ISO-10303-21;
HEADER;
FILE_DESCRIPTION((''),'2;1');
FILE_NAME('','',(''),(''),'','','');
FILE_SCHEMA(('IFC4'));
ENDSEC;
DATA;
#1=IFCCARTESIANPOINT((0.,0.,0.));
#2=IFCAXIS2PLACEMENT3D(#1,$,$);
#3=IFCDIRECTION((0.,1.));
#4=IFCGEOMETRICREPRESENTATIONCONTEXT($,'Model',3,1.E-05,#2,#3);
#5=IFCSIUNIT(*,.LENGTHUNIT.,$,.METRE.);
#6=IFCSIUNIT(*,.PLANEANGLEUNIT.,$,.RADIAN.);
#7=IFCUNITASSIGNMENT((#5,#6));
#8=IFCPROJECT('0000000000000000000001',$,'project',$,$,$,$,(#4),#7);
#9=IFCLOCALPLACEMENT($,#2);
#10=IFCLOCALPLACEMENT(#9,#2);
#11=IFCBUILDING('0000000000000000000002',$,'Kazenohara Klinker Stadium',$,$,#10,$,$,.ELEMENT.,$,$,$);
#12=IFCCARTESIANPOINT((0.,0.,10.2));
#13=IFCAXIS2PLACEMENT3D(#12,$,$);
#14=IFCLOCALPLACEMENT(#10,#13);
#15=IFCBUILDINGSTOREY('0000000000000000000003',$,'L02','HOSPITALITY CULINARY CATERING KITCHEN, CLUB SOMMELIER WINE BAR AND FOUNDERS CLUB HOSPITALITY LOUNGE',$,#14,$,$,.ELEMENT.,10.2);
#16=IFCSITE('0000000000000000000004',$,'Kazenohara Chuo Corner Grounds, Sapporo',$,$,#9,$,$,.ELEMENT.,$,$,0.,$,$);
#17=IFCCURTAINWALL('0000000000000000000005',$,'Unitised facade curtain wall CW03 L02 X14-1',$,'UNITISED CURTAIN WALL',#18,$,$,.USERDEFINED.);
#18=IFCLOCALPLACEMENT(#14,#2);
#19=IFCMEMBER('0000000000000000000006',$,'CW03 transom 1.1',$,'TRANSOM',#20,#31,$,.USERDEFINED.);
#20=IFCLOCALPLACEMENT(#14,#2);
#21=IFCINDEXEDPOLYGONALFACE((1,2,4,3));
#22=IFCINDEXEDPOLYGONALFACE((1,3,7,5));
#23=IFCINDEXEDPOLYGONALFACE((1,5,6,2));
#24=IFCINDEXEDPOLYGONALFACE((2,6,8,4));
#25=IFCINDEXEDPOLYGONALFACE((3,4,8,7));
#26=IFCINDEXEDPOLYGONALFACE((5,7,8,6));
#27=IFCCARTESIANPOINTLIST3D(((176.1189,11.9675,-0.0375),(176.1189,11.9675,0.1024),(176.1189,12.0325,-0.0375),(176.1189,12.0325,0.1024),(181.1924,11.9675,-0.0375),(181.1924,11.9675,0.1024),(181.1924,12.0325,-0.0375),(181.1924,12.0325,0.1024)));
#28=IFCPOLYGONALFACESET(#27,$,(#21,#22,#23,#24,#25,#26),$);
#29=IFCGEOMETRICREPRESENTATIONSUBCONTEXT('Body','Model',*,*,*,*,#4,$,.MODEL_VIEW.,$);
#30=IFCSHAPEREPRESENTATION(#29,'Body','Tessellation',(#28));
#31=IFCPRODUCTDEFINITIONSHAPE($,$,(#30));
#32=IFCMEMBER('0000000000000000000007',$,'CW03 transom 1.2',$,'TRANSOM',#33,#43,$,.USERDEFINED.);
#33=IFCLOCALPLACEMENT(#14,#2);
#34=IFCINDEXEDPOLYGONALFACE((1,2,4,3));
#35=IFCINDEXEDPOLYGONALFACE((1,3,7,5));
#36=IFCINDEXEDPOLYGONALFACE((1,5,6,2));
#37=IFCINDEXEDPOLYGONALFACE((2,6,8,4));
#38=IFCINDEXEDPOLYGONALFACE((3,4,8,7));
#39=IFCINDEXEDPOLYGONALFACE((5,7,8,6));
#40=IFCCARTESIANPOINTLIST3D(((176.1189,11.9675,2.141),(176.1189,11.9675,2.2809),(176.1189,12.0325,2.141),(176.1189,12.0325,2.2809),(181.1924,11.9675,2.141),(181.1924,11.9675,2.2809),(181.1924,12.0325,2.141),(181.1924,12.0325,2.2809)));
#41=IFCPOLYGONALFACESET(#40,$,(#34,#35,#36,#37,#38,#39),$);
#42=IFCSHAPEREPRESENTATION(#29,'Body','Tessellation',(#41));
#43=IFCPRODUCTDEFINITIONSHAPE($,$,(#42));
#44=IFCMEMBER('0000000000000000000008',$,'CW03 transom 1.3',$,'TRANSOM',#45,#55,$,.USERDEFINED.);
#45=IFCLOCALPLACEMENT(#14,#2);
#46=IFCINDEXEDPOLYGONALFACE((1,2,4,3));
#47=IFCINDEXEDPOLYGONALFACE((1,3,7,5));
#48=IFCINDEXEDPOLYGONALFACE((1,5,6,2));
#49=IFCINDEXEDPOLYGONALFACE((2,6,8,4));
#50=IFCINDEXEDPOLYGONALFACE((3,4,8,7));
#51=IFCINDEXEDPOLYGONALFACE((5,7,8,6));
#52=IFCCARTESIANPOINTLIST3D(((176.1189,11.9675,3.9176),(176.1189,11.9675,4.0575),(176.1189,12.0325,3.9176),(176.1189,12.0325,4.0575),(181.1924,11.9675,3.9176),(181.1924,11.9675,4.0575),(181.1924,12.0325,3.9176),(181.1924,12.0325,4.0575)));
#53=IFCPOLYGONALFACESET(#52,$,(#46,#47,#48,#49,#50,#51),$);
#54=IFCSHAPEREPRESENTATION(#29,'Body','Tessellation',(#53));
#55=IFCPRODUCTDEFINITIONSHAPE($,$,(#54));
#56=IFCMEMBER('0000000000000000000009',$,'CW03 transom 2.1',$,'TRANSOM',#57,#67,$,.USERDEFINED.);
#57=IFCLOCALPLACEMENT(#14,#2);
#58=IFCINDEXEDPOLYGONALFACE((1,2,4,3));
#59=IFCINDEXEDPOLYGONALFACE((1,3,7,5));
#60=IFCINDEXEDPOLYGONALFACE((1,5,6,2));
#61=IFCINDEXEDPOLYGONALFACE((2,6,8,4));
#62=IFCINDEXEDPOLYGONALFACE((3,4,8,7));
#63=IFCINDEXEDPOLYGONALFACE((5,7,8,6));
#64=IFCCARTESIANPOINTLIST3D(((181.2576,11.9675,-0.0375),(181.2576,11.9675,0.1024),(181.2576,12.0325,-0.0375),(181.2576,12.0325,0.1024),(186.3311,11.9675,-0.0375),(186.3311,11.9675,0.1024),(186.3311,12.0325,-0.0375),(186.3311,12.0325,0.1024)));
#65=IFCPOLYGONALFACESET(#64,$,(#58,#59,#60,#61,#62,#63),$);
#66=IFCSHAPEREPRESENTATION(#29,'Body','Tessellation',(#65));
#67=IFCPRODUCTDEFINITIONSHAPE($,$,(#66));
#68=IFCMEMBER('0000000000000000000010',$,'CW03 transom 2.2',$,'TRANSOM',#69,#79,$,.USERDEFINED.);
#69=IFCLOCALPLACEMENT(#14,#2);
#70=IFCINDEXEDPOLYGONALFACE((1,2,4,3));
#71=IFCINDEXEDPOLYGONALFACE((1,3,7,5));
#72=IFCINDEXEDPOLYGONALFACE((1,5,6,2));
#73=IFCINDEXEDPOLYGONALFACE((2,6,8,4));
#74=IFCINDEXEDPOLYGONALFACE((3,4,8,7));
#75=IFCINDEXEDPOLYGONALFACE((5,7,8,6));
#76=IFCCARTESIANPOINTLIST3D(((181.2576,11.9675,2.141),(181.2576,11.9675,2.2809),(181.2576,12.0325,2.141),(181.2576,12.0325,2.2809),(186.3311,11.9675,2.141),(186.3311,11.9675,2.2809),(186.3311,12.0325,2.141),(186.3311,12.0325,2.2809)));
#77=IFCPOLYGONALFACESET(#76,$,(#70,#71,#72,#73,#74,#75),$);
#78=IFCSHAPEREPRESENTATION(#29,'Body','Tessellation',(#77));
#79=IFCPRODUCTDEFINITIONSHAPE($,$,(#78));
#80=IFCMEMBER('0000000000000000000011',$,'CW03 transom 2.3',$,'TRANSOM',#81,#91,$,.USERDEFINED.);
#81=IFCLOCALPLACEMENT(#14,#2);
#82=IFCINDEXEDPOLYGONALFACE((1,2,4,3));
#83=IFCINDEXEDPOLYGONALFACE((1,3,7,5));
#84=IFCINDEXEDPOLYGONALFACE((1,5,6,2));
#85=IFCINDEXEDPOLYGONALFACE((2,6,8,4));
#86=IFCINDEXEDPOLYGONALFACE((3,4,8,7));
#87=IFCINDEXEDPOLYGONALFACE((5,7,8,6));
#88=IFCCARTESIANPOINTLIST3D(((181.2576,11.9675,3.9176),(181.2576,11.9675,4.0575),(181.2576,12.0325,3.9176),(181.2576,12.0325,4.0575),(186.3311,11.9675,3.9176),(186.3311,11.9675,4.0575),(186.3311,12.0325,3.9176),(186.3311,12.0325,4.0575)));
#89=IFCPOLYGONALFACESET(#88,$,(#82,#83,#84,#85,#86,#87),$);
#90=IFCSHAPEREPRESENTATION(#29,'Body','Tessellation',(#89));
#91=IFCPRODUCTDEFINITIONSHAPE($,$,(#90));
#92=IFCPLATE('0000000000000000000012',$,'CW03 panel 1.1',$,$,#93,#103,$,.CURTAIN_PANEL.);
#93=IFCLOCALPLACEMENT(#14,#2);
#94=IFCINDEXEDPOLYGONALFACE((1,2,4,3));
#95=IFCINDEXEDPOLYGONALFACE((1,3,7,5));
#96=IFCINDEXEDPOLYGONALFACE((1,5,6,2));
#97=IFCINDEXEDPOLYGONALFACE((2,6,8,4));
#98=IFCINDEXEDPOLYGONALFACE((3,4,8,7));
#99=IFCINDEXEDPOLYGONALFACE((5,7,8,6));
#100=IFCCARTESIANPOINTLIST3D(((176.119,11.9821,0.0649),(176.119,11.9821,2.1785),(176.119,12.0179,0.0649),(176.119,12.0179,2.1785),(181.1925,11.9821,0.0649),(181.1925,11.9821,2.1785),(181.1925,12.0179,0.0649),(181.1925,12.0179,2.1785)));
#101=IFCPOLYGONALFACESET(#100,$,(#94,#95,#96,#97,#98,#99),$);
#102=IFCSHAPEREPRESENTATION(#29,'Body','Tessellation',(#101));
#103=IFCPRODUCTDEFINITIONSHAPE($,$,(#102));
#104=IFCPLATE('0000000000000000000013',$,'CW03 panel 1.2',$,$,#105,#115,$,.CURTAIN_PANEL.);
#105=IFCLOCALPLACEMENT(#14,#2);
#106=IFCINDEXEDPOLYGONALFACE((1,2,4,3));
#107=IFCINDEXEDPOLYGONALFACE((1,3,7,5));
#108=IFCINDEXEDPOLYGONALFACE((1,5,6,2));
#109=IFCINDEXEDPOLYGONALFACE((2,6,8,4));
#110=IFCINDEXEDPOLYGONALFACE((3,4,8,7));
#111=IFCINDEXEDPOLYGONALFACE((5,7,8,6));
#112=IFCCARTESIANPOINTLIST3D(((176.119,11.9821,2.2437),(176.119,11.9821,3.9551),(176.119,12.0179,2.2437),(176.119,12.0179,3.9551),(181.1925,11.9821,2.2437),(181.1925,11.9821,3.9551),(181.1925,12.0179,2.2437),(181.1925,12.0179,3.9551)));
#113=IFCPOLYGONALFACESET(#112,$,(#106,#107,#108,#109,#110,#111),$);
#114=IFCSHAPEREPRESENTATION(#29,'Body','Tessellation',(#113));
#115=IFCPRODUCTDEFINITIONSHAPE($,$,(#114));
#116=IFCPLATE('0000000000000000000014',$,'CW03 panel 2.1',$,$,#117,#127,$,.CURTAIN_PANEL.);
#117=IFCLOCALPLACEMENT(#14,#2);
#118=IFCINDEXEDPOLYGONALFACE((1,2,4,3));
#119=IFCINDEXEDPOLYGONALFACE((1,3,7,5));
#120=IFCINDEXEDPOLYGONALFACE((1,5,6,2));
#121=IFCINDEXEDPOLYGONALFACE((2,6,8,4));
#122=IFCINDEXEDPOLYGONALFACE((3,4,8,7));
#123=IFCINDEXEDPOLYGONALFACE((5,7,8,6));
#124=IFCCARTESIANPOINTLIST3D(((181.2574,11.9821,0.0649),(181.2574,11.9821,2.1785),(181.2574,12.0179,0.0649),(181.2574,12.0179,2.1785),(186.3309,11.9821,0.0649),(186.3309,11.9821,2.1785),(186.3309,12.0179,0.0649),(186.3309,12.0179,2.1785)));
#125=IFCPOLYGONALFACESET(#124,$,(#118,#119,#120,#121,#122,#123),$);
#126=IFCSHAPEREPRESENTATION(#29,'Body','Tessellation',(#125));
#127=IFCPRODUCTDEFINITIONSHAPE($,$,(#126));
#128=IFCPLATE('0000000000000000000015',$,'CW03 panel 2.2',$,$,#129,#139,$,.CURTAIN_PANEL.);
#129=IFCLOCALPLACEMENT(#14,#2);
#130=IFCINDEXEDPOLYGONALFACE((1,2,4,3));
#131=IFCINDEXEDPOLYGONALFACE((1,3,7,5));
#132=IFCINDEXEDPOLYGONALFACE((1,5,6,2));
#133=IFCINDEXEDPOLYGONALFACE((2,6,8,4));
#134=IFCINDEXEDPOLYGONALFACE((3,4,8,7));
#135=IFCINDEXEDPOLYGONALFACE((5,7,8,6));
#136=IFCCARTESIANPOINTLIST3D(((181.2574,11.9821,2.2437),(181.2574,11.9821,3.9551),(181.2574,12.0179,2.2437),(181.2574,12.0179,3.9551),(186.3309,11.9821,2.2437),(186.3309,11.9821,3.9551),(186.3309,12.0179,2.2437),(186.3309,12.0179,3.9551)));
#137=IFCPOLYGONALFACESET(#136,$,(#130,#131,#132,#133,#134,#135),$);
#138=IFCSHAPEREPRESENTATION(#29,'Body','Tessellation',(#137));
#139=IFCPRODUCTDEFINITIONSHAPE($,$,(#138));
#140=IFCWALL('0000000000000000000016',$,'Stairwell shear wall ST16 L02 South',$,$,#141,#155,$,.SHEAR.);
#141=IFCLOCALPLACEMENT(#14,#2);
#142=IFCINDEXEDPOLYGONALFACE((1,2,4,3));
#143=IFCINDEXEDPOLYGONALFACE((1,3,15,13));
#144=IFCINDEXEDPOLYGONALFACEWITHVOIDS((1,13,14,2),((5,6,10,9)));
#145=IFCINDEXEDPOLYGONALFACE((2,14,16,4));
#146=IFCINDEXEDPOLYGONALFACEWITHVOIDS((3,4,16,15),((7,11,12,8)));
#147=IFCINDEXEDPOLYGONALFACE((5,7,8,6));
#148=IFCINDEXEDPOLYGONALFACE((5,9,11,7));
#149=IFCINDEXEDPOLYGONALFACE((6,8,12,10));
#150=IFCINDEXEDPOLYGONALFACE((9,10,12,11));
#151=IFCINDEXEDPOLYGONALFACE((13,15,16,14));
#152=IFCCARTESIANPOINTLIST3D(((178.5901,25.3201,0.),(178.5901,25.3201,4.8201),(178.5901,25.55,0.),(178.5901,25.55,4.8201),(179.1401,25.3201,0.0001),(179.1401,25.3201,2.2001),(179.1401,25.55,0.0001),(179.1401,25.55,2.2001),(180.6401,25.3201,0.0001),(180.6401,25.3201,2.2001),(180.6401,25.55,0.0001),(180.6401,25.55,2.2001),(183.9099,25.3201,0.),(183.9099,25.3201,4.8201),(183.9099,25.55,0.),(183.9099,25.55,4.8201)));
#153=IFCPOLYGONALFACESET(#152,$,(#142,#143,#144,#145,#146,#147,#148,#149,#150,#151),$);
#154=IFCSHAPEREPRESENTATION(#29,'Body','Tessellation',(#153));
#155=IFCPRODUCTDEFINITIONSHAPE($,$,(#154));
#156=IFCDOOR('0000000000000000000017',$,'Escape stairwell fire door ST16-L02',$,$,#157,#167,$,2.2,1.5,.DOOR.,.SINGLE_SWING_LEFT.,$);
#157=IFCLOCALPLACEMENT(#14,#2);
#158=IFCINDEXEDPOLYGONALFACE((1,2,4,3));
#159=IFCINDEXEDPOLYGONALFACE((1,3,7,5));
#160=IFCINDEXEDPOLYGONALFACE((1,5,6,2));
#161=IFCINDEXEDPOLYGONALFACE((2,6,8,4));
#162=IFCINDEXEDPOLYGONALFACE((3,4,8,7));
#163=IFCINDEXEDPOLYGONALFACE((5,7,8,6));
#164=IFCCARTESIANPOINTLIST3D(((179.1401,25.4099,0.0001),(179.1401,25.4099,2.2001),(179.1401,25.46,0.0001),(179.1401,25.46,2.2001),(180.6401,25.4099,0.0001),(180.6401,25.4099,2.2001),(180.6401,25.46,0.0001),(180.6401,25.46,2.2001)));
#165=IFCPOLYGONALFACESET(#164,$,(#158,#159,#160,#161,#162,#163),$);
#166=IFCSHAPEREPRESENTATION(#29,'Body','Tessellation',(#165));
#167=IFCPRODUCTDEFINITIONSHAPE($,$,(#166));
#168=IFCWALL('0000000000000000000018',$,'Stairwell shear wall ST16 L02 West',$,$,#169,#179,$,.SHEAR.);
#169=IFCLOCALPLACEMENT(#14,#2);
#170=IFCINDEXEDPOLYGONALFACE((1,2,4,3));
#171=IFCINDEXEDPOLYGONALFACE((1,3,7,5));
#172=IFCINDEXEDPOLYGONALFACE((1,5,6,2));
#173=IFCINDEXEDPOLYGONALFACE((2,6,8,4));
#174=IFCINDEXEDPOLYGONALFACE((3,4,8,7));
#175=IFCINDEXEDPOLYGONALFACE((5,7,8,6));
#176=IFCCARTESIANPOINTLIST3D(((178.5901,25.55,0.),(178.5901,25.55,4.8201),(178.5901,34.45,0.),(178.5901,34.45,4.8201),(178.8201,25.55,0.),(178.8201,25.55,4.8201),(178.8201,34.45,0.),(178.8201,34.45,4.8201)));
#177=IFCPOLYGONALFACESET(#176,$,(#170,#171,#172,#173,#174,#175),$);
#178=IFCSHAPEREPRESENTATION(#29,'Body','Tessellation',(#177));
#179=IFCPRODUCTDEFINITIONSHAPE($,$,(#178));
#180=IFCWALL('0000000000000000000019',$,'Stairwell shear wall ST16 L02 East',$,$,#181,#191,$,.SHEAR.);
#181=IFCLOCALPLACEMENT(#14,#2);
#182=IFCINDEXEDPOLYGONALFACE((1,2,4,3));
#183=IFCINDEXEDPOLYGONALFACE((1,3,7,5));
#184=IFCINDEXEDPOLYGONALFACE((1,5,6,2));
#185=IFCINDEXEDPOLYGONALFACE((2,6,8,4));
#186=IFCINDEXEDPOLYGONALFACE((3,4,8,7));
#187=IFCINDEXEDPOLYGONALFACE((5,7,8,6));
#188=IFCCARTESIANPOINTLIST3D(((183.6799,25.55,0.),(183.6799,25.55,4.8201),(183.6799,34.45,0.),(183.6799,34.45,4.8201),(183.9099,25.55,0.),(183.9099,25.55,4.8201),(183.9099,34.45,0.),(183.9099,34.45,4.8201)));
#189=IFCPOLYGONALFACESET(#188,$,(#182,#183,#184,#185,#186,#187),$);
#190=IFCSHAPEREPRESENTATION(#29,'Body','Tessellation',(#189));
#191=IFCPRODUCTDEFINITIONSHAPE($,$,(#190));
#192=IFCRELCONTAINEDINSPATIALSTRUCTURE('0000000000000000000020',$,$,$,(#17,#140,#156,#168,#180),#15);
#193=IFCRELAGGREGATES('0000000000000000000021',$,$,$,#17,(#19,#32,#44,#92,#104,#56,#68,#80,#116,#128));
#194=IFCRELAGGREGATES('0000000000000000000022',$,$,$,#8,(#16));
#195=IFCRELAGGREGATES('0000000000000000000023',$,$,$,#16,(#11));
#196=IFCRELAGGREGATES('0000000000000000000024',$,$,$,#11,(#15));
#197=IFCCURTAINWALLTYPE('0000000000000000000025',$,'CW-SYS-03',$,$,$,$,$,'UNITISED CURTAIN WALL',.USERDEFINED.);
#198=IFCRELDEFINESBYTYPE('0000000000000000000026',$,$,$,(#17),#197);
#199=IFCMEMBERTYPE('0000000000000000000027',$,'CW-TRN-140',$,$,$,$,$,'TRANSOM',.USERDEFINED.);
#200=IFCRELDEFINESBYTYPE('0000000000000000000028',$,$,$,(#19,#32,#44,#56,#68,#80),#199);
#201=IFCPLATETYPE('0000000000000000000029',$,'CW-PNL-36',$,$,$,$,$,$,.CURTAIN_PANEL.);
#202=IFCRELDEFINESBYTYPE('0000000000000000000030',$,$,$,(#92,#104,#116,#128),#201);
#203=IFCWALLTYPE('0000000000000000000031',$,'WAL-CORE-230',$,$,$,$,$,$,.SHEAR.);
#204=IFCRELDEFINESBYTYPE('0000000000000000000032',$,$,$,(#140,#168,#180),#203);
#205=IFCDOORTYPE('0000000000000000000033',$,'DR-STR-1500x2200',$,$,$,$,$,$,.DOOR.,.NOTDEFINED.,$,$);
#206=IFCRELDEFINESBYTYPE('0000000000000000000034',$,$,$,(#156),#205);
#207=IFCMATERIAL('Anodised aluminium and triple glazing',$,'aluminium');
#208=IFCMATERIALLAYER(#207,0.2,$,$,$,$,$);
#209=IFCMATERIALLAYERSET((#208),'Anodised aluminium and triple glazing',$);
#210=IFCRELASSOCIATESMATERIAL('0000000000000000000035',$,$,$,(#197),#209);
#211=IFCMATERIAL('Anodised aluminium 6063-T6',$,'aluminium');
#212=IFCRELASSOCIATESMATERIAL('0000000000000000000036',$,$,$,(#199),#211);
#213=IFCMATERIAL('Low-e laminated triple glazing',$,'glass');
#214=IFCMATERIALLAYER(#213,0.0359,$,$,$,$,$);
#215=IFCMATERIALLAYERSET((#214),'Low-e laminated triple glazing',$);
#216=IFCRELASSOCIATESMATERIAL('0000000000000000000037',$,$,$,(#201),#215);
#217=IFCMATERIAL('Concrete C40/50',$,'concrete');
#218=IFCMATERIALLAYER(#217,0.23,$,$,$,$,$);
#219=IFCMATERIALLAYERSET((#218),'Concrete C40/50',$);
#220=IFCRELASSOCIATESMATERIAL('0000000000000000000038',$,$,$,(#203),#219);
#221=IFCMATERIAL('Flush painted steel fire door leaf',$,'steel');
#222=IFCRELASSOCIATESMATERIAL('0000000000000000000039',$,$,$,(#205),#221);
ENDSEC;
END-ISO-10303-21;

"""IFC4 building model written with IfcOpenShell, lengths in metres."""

from ifc_helpers import new_model, si_unit, direction, frame, frame_2d, origin, origin_2d, place, context, subcontext, project, spatial, rectangle, extrude, material, layer, layer_set, material_profile, profile_set, type_object, element, fill, aggregate, save


model = new_model("IFC4")

# Units and contexts
model_context = context("Model", 3, precision=1e-05, world=origin(), true_north=direction((0.0, 1.0)))
body_context = subcontext(model_context, "Body", "Model", "MODEL_VIEW")
ifc_project = project(units=[si_unit("LENGTHUNIT", "METRE"), si_unit("PLANEANGLEUNIT", "RADIAN")], contexts=[model_context])

# Site, building, storey
site_placement = place(None, origin())
site = spatial("IfcSite", under=ifc_project, at=site_placement, Name="Kazenohara Chuo Corner Grounds, Sapporo", CompositionType="ELEMENT", RefElevation=0.0)
building_placement = place(site_placement, origin())
building = spatial("IfcBuilding", under=site, at=building_placement, Name="Kazenohara Klinker Stadium", CompositionType="ELEMENT")
storey_placement = place(building_placement, frame((0.0, 0.0, 10.2)))
storey = spatial("IfcBuildingStorey", under=building, at=storey_placement, Name="L02", Description="HOSPITALITY CULINARY CATERING KITCHEN, CLUB SOMMELIER WINE BAR AND FOUNDERS CLUB HOSPITALITY LOUNGE", CompositionType="ELEMENT", Elevation=10.2)

# Shared definitions
ifc_material_1 = material(Name="Concrete C40/50", Category="concrete")

# Curtain wall, members, plates
ifc_material_2 = material(Name="Anodised aluminium and triple glazing", Category="aluminium")
ifc_layer_1 = layer(ifc_material_2, 0.2)
ifc_layer_set_1 = layer_set([ifc_layer_1], Name="Anodised aluminium and triple glazing")
curtain_wall_type = type_object("IfcCurtainWallType", Name="CW-SYS-03", ElementType="UNITISED CURTAIN WALL", PredefinedType="USERDEFINED", material=ifc_layer_set_1)
curtain_wall_placement = place(storey_placement, origin())
curtain_wall = element("IfcCurtainWall", 1, at=curtain_wall_placement, inside=storey, type_object=curtain_wall_type, Name="Unitised facade curtain wall CW03 L02 X14-1", ObjectType="UNITISED CURTAIN WALL", PredefinedType="USERDEFINED")
ifc_material_3 = material(Name="Anodised aluminium 6063-T6", Category="aluminium")
ifc_material_profile_1 = material_profile(ifc_material_3, rectangle(XDim=0.0649, YDim=0.1399, at=origin_2d()), Name="ALU-TRN-65x140")
ifc_profile_set_1 = profile_set([ifc_material_profile_1], Name="Anodised aluminium 6063-T6")
member_type_1 = type_object("IfcMemberType", Name="CW-TRN-140", ElementType="TRANSOM", PredefinedType="USERDEFINED", material=ifc_profile_set_1)
member_1_placement = place(storey_placement, frame((176.1189, 12.0, 0.0325), z_axis=(1.0, 0.0, 0.0), x_axis=(0.0, 1.0, 0.0)))
member_1 = element("IfcMember", 2, at=member_1_placement, type_object=member_type_1, Name="CW03 transom 1.1", ObjectType="TRANSOM", PredefinedType="USERDEFINED", context=body_context, shape_type="SweptSolid", body=[
    extrude(rectangle(XDim=0.0649, YDim=0.1399, at=origin_2d()), origin(), (0.0, 0.0, 1.0), 5.0735),
])
member_2_placement = place(storey_placement, frame((176.1189, 12.0, 2.2109), z_axis=(1.0, 0.0, 0.0), x_axis=(0.0, 1.0, 0.0)))
member_2 = element("IfcMember", 3, at=member_2_placement, type_object=member_type_1, Name="CW03 transom 1.2", ObjectType="TRANSOM", PredefinedType="USERDEFINED", context=body_context, shape_type="SweptSolid", body=[
    extrude(rectangle(XDim=0.0649, YDim=0.1399, at=origin_2d()), origin(), (0.0, 0.0, 1.0), 5.0735),
])
member_3_placement = place(storey_placement, frame((176.1189, 12.0, 3.9875), z_axis=(1.0, 0.0, 0.0), x_axis=(0.0, 1.0, 0.0)))
member_3 = element("IfcMember", 4, at=member_3_placement, type_object=member_type_1, Name="CW03 transom 1.3", ObjectType="TRANSOM", PredefinedType="USERDEFINED", context=body_context, shape_type="SweptSolid", body=[
    extrude(rectangle(XDim=0.0649, YDim=0.1399, at=origin_2d()), origin(), (0.0, 0.0, 1.0), 5.0735),
])
member_4_placement = place(storey_placement, frame((181.2576, 12.0, 0.0325), z_axis=(1.0, 0.0, 0.0), x_axis=(0.0, 1.0, 0.0)))
member_4 = element("IfcMember", 5, at=member_4_placement, type_object=member_type_1, Name="CW03 transom 2.1", ObjectType="TRANSOM", PredefinedType="USERDEFINED", context=body_context, shape_type="SweptSolid", body=[
    extrude(rectangle(XDim=0.0649, YDim=0.1399, at=origin_2d()), origin(), (0.0, 0.0, 1.0), 5.0735),
])
member_5_placement = place(storey_placement, frame((181.2576, 12.0, 2.2109), z_axis=(1.0, 0.0, 0.0), x_axis=(0.0, 1.0, 0.0)))
member_5 = element("IfcMember", 6, at=member_5_placement, type_object=member_type_1, Name="CW03 transom 2.2", ObjectType="TRANSOM", PredefinedType="USERDEFINED", context=body_context, shape_type="SweptSolid", body=[
    extrude(rectangle(XDim=0.0649, YDim=0.1399, at=origin_2d()), origin(), (0.0, 0.0, 1.0), 5.0735),
])
member_6_placement = place(storey_placement, frame((181.2576, 12.0, 3.9875), z_axis=(1.0, 0.0, 0.0), x_axis=(0.0, 1.0, 0.0)))
member_6 = element("IfcMember", 7, at=member_6_placement, type_object=member_type_1, Name="CW03 transom 2.3", ObjectType="TRANSOM", PredefinedType="USERDEFINED", context=body_context, shape_type="SweptSolid", body=[
    extrude(rectangle(XDim=0.0649, YDim=0.1399, at=origin_2d()), origin(), (0.0, 0.0, 1.0), 5.0735),
])
ifc_material_4 = material(Name="Low-e laminated triple glazing", Category="glass")
ifc_layer_2 = layer(ifc_material_4, 0.0359)
ifc_layer_set_2 = layer_set([ifc_layer_2], Name="Low-e laminated triple glazing")
plate_type = type_object("IfcPlateType", Name="CW-PNL-36", PredefinedType="CURTAIN_PANEL", material=ifc_layer_set_2)
plate_1_placement = place(storey_placement, frame((178.6558, 12.0, 0.0649), z_axis=(0.0, 0.0, 1.0), x_axis=(1.0, 0.0, 0.0)))
plate_1 = element("IfcPlate", 8, at=plate_1_placement, type_object=plate_type, Name="CW03 panel 1.1", PredefinedType="CURTAIN_PANEL", context=body_context, shape_type="SweptSolid", body=[
    extrude(rectangle(XDim=5.0735, YDim=0.0359, at=origin_2d()), origin(), (0.0, 0.0, 1.0), 2.1135),
])
plate_2_placement = place(storey_placement, frame((178.6558, 12.0, 2.2437), z_axis=(0.0, 0.0, 1.0), x_axis=(1.0, 0.0, 0.0)))
plate_2 = element("IfcPlate", 9, at=plate_2_placement, type_object=plate_type, Name="CW03 panel 1.2", PredefinedType="CURTAIN_PANEL", context=body_context, shape_type="SweptSolid", body=[
    extrude(rectangle(XDim=5.0735, YDim=0.0359, at=origin_2d()), origin(), (0.0, 0.0, 1.0), 1.7114),
])
plate_3_placement = place(storey_placement, frame((183.7942, 12.0, 0.0649), z_axis=(0.0, 0.0, 1.0), x_axis=(1.0, 0.0, 0.0)))
plate_3 = element("IfcPlate", 10, at=plate_3_placement, type_object=plate_type, Name="CW03 panel 2.1", PredefinedType="CURTAIN_PANEL", context=body_context, shape_type="SweptSolid", body=[
    extrude(rectangle(XDim=5.0735, YDim=0.0359, at=origin_2d()), origin(), (0.0, 0.0, 1.0), 2.1135),
])
plate_4_placement = place(storey_placement, frame((183.7942, 12.0, 2.2437), z_axis=(0.0, 0.0, 1.0), x_axis=(1.0, 0.0, 0.0)))
plate_4 = element("IfcPlate", 11, at=plate_4_placement, type_object=plate_type, Name="CW03 panel 2.2", PredefinedType="CURTAIN_PANEL", context=body_context, shape_type="SweptSolid", body=[
    extrude(rectangle(XDim=5.0735, YDim=0.0359, at=origin_2d()), origin(), (0.0, 0.0, 1.0), 1.7114),
])
aggregate(curtain_wall, [member_1, member_2, member_3, plate_1, plate_2, member_4, member_5, member_6, plate_3, plate_4])

# Wall, opening, door
ifc_layer_3 = layer(ifc_material_1, 0.23)
ifc_layer_set_3 = layer_set([ifc_layer_3], Name="Concrete C40/50")
wall_type_1 = type_object("IfcWallType", Name="WAL-CORE-230", PredefinedType="SHEAR", material=ifc_layer_set_3)
wall_1_placement = place(storey_placement, frame((178.5901, 25.4351, 0.0), z_axis=(0.0, 0.0, 1.0), x_axis=(1.0, 0.0, 0.0)))
wall_1 = element("IfcWall", 12, at=wall_1_placement, inside=storey, type_object=wall_type_1, Name="Stairwell shear wall ST16 L02 South", PredefinedType="SHEAR", context=body_context, shape_type="SweptSolid", body=[
    extrude(rectangle(XDim=5.3198, YDim=0.23, at=frame_2d((2.6599, 0.0))), origin(), (0.0, 0.0, 1.0), 4.8201),
])
opening_1_placement = place(wall_1_placement, frame((0.55, 0.0, 0.0)))
opening_1 = element("IfcOpeningElement", 13, at=opening_1_placement, cuts=wall_1, PredefinedType="OPENING", context=body_context, shape_type="SweptSolid", body=[
    extrude(rectangle(XDim=1.5, YDim=2.2, at=frame_2d((0.75, 1.1001))), frame((0.0, 0.125, 0.0), z_axis=(0.0, -1.0, 0.0), x_axis=(1.0, 0.0, 0.0)), (0.0, 0.0, 1.0), 0.25),
])
ifc_material_5 = material(Name="Flush painted steel fire door leaf", Category="steel")
door_type_1 = type_object("IfcDoorType", Name="DR-STR-1500x2200", OperationType="NOTDEFINED", PredefinedType="DOOR", material=ifc_material_5)
door_1_placement = place(opening_1_placement, origin())
door_1 = element("IfcDoor", 14, at=door_1_placement, inside=storey, type_object=door_type_1, Name="Escape stairwell fire door ST16-L02", OperationType="SINGLE_SWING_LEFT", OverallHeight=2.2, OverallWidth=1.5, PredefinedType="DOOR", context=body_context, shape_type="SweptSolid", body=[
    extrude(rectangle(XDim=1.5, YDim=2.2, at=frame_2d((0.75, 1.1001))), frame((0.0, 0.0249, 0.0), z_axis=(0.0, -1.0, 0.0), x_axis=(1.0, 0.0, 0.0)), (0.0, 0.0, 1.0), 0.05),
])
fill(opening_1, door_1)

# Walls
for number, where, z_axis, x_axis, name in (
    (15, (178.7051, 25.55, 0.0), (0.0, 0.0, 1.0), (0.0, 1.0, 0.0), "Stairwell shear wall ST16 L02 West"),
    (16, (183.7949, 25.55, 0.0), (0.0, 0.0, 1.0), (0.0, 1.0, 0.0), "Stairwell shear wall ST16 L02 East"),
):
    element("IfcWall", number, at=place(storey_placement, frame(where, z_axis=z_axis, x_axis=x_axis)), inside=storey, type_object=wall_type_1, Name=name, PredefinedType="SHEAR", context=body_context, shape_type="SweptSolid", body=[
        extrude(rectangle(XDim=8.8999, YDim=0.23, at=frame_2d((4.45, 0.0))), origin(), (0.0, 0.0, 1.0), 4.8201),
    ])

save(model, "model.ifc")
